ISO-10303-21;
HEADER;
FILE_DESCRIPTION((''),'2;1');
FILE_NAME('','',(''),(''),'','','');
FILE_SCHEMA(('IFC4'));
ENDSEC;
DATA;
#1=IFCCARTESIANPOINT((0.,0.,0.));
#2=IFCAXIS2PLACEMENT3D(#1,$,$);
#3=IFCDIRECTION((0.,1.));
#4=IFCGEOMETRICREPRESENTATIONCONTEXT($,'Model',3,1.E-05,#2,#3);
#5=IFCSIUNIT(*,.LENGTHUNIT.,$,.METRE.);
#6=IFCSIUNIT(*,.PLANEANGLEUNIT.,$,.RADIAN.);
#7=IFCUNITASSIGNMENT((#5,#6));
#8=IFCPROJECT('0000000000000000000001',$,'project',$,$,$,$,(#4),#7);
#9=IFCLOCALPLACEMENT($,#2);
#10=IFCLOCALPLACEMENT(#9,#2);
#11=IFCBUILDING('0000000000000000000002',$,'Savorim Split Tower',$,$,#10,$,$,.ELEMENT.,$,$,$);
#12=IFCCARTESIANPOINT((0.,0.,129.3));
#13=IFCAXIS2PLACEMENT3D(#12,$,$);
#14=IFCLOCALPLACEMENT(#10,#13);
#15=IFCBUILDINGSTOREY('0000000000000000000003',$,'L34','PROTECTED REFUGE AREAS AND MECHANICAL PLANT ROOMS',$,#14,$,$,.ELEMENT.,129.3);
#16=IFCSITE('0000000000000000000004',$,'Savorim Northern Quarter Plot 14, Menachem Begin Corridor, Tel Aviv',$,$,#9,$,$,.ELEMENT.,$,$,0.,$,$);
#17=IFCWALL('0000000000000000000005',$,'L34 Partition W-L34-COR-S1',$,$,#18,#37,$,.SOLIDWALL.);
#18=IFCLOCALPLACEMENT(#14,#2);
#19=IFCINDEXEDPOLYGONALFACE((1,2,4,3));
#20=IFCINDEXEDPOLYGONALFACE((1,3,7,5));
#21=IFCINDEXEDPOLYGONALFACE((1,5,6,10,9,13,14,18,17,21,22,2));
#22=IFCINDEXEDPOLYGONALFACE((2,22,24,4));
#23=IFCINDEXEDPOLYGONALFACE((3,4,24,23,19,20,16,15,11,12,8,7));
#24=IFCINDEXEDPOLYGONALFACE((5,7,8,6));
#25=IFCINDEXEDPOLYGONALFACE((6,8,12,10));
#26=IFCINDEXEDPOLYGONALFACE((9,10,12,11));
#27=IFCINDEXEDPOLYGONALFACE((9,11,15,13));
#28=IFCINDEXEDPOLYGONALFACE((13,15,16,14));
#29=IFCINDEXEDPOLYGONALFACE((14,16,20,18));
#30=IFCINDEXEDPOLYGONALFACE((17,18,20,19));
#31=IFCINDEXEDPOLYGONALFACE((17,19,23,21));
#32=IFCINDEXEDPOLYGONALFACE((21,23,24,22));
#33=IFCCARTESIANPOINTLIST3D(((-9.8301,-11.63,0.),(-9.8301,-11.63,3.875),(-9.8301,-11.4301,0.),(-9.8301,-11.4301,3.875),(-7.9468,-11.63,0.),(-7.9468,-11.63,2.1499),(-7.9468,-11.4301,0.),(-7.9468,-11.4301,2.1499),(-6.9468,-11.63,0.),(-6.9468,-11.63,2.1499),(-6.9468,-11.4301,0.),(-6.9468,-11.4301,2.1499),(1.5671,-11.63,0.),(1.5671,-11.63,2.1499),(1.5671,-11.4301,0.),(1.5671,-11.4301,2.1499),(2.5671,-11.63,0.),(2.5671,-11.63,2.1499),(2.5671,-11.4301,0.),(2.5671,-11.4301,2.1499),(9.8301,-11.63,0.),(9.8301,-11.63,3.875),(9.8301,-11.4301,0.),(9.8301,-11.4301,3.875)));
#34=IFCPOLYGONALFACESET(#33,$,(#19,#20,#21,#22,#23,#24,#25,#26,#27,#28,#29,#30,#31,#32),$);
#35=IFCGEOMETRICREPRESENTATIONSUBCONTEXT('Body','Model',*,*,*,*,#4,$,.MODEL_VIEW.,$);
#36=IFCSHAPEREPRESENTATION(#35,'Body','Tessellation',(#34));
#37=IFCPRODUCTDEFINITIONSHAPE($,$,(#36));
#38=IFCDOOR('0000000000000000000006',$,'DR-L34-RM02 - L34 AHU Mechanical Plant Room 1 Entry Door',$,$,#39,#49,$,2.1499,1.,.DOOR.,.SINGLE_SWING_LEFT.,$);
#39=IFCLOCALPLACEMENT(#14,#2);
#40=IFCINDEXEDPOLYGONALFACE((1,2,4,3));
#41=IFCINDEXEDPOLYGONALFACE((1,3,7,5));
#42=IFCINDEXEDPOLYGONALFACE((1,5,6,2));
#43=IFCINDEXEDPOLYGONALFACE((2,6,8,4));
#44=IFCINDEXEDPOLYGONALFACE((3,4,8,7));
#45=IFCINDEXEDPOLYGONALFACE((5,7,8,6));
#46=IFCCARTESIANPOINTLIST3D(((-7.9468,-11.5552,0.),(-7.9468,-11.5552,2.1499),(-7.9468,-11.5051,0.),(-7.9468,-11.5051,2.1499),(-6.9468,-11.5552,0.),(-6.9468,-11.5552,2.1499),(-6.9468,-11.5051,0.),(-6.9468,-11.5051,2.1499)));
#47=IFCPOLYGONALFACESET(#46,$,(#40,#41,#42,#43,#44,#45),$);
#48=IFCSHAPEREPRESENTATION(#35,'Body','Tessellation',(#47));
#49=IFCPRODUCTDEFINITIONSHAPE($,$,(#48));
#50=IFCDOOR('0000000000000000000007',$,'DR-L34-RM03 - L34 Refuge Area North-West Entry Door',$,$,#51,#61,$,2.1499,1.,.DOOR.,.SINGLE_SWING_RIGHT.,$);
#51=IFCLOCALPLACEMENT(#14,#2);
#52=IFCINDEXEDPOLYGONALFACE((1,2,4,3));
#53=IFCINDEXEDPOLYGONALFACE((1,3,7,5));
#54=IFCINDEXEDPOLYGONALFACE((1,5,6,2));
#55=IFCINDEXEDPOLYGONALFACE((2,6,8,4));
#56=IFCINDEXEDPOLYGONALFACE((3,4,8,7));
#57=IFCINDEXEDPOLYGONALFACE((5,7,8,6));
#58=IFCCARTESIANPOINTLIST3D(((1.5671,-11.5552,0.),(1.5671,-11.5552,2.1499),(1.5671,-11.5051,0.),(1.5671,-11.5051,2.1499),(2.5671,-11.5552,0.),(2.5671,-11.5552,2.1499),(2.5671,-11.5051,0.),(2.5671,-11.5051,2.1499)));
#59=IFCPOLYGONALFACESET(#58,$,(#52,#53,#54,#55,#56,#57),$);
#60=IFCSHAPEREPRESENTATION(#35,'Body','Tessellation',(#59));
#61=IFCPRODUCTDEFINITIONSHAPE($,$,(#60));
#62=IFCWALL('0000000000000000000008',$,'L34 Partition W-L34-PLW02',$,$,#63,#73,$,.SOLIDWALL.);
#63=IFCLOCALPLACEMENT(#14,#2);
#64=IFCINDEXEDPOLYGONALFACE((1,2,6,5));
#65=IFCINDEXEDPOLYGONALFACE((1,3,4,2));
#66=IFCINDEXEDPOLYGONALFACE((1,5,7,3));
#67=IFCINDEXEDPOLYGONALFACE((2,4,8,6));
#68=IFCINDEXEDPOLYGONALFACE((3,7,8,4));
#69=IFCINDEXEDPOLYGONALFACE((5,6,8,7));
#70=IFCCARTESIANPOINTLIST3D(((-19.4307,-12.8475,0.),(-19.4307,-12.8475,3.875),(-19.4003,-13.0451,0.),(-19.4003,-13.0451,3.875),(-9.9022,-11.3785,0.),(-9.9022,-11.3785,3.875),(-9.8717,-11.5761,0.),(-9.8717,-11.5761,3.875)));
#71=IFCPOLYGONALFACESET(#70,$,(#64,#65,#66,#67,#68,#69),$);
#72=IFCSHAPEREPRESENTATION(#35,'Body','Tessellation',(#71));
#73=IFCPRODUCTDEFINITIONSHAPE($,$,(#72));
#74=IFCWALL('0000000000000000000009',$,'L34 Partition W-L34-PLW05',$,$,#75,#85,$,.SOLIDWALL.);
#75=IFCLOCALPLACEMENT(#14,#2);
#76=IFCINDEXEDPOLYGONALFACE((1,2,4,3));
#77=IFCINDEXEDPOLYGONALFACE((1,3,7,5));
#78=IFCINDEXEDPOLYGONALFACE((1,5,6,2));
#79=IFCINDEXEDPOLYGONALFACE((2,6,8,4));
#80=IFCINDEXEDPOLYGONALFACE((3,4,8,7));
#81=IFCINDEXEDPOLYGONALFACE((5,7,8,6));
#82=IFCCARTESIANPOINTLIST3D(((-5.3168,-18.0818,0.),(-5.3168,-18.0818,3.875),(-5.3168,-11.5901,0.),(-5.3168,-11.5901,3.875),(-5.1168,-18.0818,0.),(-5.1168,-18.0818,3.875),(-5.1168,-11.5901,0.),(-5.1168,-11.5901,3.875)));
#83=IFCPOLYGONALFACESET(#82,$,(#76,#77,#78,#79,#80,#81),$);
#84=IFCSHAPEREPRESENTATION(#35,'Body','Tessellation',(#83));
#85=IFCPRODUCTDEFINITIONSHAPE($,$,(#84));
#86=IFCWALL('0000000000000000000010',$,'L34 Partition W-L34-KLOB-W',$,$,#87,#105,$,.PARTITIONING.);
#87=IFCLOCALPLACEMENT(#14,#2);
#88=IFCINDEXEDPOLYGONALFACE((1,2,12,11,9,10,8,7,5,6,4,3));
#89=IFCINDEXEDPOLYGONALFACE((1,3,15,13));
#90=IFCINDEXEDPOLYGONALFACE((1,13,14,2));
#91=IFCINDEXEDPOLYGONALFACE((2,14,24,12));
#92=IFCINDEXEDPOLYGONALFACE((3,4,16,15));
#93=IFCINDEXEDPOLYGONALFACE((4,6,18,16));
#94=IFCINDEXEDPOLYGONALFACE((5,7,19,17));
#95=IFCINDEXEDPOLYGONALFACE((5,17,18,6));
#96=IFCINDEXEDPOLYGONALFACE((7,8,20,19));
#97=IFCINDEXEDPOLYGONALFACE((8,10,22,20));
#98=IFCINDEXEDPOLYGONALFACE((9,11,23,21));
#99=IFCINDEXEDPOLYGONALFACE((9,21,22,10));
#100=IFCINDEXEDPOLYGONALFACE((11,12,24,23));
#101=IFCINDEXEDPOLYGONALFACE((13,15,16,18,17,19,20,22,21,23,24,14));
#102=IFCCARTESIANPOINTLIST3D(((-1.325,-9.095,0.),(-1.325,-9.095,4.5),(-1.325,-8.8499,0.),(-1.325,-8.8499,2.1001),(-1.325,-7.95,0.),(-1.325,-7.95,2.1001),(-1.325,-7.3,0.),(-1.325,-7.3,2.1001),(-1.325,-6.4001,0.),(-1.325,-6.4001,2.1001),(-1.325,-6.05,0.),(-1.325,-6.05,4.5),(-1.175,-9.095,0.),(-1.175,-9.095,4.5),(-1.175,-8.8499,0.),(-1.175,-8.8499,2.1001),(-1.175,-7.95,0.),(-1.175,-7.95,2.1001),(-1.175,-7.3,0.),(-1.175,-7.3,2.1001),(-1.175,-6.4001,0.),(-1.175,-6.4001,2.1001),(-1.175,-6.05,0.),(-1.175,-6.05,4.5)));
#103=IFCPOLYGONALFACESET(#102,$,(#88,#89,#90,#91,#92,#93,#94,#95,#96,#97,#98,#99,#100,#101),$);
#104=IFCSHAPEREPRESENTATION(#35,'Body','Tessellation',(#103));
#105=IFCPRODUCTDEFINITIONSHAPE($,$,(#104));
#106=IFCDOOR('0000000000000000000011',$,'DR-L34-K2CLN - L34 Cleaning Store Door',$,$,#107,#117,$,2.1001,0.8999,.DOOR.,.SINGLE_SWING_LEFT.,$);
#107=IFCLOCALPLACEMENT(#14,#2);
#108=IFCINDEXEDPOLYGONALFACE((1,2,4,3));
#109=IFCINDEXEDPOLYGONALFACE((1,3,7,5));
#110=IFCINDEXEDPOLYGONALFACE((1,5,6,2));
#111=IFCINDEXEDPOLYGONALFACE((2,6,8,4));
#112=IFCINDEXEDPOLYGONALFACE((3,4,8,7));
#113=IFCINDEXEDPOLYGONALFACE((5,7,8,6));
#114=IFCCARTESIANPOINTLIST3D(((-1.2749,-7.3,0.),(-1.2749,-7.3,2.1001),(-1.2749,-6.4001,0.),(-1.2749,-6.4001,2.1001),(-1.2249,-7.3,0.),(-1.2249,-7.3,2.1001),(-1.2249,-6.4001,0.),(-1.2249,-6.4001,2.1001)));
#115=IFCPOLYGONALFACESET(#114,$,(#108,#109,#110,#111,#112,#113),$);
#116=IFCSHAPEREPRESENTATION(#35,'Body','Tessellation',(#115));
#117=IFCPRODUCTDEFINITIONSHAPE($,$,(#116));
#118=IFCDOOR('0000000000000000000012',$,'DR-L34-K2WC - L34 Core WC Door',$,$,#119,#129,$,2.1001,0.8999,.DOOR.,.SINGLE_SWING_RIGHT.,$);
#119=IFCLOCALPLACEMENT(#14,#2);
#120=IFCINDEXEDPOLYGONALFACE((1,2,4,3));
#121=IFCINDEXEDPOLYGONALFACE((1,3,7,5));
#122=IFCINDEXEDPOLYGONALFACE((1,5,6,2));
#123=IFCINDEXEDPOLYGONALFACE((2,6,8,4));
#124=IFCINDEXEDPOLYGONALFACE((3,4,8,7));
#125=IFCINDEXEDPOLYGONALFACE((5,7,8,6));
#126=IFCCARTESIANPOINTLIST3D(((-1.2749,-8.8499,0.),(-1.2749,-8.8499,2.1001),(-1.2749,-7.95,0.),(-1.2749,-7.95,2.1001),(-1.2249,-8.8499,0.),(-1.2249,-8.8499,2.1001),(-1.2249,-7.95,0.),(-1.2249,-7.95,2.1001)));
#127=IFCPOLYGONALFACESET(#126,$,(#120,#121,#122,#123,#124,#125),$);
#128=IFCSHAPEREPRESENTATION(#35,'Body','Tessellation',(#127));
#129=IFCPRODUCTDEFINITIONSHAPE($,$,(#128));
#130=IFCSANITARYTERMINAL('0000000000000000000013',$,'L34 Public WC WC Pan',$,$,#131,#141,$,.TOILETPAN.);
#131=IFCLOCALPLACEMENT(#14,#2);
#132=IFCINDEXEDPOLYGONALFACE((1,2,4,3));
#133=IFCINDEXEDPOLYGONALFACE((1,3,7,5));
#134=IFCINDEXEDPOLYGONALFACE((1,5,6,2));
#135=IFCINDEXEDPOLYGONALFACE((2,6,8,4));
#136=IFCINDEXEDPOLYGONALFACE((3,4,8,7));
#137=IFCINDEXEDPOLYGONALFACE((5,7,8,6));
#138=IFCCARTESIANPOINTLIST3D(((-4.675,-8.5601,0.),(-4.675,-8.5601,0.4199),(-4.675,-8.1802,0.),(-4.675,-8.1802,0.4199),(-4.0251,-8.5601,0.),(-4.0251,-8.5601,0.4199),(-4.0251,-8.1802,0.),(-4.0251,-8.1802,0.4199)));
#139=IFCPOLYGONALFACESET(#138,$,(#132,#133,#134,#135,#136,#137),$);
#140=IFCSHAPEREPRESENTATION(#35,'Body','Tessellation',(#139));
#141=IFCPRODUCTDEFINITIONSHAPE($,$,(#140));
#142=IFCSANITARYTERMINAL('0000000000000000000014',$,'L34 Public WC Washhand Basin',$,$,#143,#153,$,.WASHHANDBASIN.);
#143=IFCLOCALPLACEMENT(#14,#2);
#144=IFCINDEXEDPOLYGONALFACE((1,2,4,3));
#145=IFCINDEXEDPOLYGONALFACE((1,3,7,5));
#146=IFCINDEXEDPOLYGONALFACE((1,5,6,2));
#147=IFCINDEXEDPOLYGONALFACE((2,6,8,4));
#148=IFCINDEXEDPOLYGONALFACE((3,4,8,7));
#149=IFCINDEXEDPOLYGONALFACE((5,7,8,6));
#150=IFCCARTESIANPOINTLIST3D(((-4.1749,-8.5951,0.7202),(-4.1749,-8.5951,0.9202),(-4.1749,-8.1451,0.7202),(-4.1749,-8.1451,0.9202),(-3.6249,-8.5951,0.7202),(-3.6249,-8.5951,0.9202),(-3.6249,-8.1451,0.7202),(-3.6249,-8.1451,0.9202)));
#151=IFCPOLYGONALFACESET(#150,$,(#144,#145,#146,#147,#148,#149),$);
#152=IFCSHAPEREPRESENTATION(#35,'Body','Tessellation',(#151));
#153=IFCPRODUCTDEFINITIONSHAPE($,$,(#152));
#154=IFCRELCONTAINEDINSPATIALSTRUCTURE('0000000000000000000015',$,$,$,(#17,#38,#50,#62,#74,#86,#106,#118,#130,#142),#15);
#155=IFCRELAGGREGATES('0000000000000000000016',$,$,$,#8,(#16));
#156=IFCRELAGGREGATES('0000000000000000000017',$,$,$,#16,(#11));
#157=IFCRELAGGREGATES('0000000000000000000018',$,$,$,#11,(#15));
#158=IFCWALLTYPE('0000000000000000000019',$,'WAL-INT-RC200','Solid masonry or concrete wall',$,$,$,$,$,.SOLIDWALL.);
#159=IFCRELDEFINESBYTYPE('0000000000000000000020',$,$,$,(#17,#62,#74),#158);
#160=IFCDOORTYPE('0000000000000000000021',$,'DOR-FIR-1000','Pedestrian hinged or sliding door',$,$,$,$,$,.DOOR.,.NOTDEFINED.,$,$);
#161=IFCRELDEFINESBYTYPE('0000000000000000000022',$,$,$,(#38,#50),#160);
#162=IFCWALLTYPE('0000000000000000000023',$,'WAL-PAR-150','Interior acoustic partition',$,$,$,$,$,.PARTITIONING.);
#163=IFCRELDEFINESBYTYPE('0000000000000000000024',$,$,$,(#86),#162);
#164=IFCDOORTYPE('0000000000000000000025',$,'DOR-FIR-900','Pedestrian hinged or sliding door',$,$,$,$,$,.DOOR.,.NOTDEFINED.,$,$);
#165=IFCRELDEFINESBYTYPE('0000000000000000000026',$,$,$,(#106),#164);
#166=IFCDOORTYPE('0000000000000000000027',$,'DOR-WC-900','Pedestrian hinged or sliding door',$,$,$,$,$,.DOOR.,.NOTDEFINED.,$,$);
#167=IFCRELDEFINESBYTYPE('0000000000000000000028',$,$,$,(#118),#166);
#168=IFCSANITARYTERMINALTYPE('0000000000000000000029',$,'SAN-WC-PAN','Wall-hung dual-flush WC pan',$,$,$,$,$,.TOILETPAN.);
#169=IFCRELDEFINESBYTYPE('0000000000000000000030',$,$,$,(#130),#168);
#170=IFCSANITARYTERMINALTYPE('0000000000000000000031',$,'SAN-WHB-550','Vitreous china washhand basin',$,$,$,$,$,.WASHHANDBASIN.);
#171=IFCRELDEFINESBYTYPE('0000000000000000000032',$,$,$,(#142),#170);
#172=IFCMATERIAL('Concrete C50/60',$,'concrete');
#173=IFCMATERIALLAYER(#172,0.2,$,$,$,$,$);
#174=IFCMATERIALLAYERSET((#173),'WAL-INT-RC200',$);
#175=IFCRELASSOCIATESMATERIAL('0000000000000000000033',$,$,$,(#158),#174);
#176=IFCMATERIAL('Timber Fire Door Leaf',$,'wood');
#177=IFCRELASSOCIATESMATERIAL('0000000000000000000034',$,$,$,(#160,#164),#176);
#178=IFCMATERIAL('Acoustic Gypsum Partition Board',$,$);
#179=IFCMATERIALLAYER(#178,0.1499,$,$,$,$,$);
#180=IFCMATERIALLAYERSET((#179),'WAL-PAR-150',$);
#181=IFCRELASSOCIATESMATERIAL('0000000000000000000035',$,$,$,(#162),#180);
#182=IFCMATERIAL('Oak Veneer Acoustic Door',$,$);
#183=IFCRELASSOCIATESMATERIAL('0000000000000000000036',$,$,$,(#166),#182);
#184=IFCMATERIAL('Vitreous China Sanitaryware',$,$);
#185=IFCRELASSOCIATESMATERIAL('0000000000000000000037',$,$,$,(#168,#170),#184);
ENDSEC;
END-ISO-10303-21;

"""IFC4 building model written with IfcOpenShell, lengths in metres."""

from ifc_helpers import new_model, si_unit, direction, frame, frame_2d, origin, origin_2d, place, context, subcontext, project, spatial, rectangle, extrude, material, layer, layer_set, type_object, element, fill, save


model = new_model("IFC4")

# Units and contexts
model_context = context("Model", 3, precision=1e-05, world=origin(), true_north=direction((0.0, 1.0)))
body_context = subcontext(model_context, "Body", "Model", "MODEL_VIEW")
ifc_project = project(units=[si_unit("LENGTHUNIT", "METRE"), si_unit("PLANEANGLEUNIT", "RADIAN")], contexts=[model_context])

# Site, building, storey
site_placement = place(None, origin())
site = spatial("IfcSite", under=ifc_project, at=site_placement, Name="Savorim Northern Quarter Plot 14, Menachem Begin Corridor, Tel Aviv", CompositionType="ELEMENT", RefElevation=0.0)
building_placement = place(site_placement, origin())
building = spatial("IfcBuilding", under=site, at=building_placement, Name="Savorim Split Tower", CompositionType="ELEMENT")
storey_placement = place(building_placement, frame((0.0, 0.0, 129.3)))
storey = spatial("IfcBuildingStorey", under=building, at=storey_placement, Name="L34", Description="PROTECTED REFUGE AREAS AND MECHANICAL PLANT ROOMS", CompositionType="ELEMENT", Elevation=129.3)

# Shared definitions
ifc_material_1 = material(Name="Timber Fire Door Leaf", Category="wood")

# Wall, openings, doors
ifc_material_2 = material(Name="Concrete C50/60", Category="concrete")
ifc_layer_1 = layer(ifc_material_2, 0.2)
ifc_layer_set_1 = layer_set([ifc_layer_1], Name="WAL-INT-RC200")
wall_type_1 = type_object("IfcWallType", Name="WAL-INT-RC200", Description="Solid masonry or concrete wall", PredefinedType="SOLIDWALL", material=ifc_layer_set_1)
door_type_1 = type_object("IfcDoorType", Name="DOR-FIR-1000", Description="Pedestrian hinged or sliding door", OperationType="NOTDEFINED", PredefinedType="DOOR", material=ifc_material_1)
wall_1_placement = place(storey_placement, frame((-9.8301, -11.53, 0.0), z_axis=(0.0, 0.0, 1.0), x_axis=(1.0, 0.0, 0.0)))
wall_1 = element("IfcWall", 1, at=wall_1_placement, inside=storey, type_object=wall_type_1, Name="L34 Partition W-L34-COR-S1", PredefinedType="SOLIDWALL", context=body_context, shape_type="SweptSolid", body=[
    extrude(rectangle(XDim=19.6602, YDim=0.2, at=frame_2d((9.8301, 0.0))), origin(), (0.0, 0.0, 1.0), 3.875),
])
opening_1_placement = place(wall_1_placement, frame((1.8833, 0.0, 0.0)))
opening_1 = element("IfcOpeningElement", 2, at=opening_1_placement, cuts=wall_1, PredefinedType="OPENING", context=body_context, shape_type="SweptSolid", body=[
    extrude(rectangle(XDim=1.0, YDim=2.1499, at=frame_2d((0.5, 1.075))), frame((0.0, 0.1099, 0.0), z_axis=(0.0, -1.0, 0.0), x_axis=(1.0, 0.0, 0.0)), (0.0, 0.0, 1.0), 0.22),
])
opening_2_placement = place(wall_1_placement, frame((11.3972, 0.0, 0.0)))
opening_2 = element("IfcOpeningElement", 3, at=opening_2_placement, cuts=wall_1, PredefinedType="OPENING", context=body_context, shape_type="SweptSolid", body=[
    extrude(rectangle(XDim=1.0, YDim=2.1499, at=frame_2d((0.5, 1.075))), frame((0.0, 0.1099, 0.0), z_axis=(0.0, -1.0, 0.0), x_axis=(1.0, 0.0, 0.0)), (0.0, 0.0, 1.0), 0.22),
])
door_1_placement = place(opening_1_placement, origin())
door_1 = element("IfcDoor", 4, at=door_1_placement, inside=storey, type_object=door_type_1, Name="DR-L34-RM02 - L34 AHU Mechanical Plant Room 1 Entry Door", OperationType="SINGLE_SWING_LEFT", OverallHeight=2.1499, OverallWidth=1.0, PredefinedType="DOOR", context=body_context, shape_type="SweptSolid", body=[
    extrude(rectangle(XDim=1.0, YDim=2.1499, at=frame_2d((0.5, 1.075))), frame((0.0, 0.0249, 0.0), z_axis=(0.0, -1.0, 0.0), x_axis=(1.0, 0.0, 0.0)), (0.0, 0.0, 1.0), 0.05),
])
fill(opening_1, door_1)
door_2_placement = place(opening_2_placement, origin())
door_2 = element("IfcDoor", 5, at=door_2_placement, inside=storey, type_object=door_type_1, Name="DR-L34-RM03 - L34 Refuge Area North-West Entry Door", OperationType="SINGLE_SWING_RIGHT", OverallHeight=2.1499, OverallWidth=1.0, PredefinedType="DOOR", context=body_context, shape_type="SweptSolid", body=[
    extrude(rectangle(XDim=1.0, YDim=2.1499, at=frame_2d((0.5, 1.075))), frame((0.0, 0.0249, 0.0), z_axis=(0.0, -1.0, 0.0), x_axis=(1.0, 0.0, 0.0)), (0.0, 0.0, 1.0), 0.05),
])
fill(opening_2, door_2)

# Walls
wall_2_placement = place(storey_placement, frame((-9.887, -11.4773, 0.0), z_axis=(0.0, 0.0, 1.0), x_axis=(-0.988324, -0.152367, 0.0)))
element("IfcWall", 6, at=wall_2_placement, inside=storey, type_object=wall_type_1, Name="L34 Partition W-L34-PLW02", PredefinedType="SOLIDWALL", context=body_context, shape_type="SweptSolid", body=[
    extrude(rectangle(XDim=9.6411, YDim=0.2, at=frame_2d((4.8206, 0.0))), origin(), (0.0, 0.0, 1.0), 3.875),
])
wall_3_placement = place(storey_placement, frame((-5.2168, -11.5901, 0.0), z_axis=(0.0, 0.0, 1.0), x_axis=(0.0, -1.0, 0.0)))
element("IfcWall", 7, at=wall_3_placement, inside=storey, type_object=wall_type_1, Name="L34 Partition W-L34-PLW05", PredefinedType="SOLIDWALL", context=body_context, shape_type="SweptSolid", body=[
    extrude(rectangle(XDim=6.4917, YDim=0.2, at=frame_2d((3.2458, 0.0))), origin(), (0.0, 0.0, 1.0), 3.875),
])

# Wall, openings, doors
ifc_material_3 = material(Name="Acoustic Gypsum Partition Board")
ifc_layer_2 = layer(ifc_material_3, 0.1499)
ifc_layer_set_2 = layer_set([ifc_layer_2], Name="WAL-PAR-150")
wall_type_2 = type_object("IfcWallType", Name="WAL-PAR-150", Description="Interior acoustic partition", PredefinedType="PARTITIONING", material=ifc_layer_set_2)
wall_4_placement = place(storey_placement, frame((-1.25, -9.095, 0.0), z_axis=(0.0, 0.0, 1.0), x_axis=(0.0, 1.0, 0.0)))
wall_4 = element("IfcWall", 8, at=wall_4_placement, inside=storey, type_object=wall_type_2, Name="L34 Partition W-L34-KLOB-W", PredefinedType="PARTITIONING", context=body_context, shape_type="SweptSolid", body=[
    extrude(rectangle(XDim=3.0449, YDim=0.1499, at=frame_2d((1.5225, 0.0))), origin(), (0.0, 0.0, 1.0), 4.5),
])
opening_3_placement = place(wall_4_placement, frame((1.7949, 0.0, 0.0)))
opening_3 = element("IfcOpeningElement", 9, at=opening_3_placement, cuts=wall_4, PredefinedType="OPENING", context=body_context, shape_type="SweptSolid", body=[
    extrude(rectangle(XDim=0.8999, YDim=2.1001, at=frame_2d((0.45, 1.05))), frame((0.0, 0.085, 0.0), z_axis=(0.0, -1.0, 0.0), x_axis=(1.0, 0.0, 0.0)), (0.0, 0.0, 1.0), 0.1699),
])
opening_4_placement = place(wall_4_placement, frame((0.2451, 0.0, 0.0)))
opening_4 = element("IfcOpeningElement", 10, at=opening_4_placement, cuts=wall_4, PredefinedType="OPENING", context=body_context, shape_type="SweptSolid", body=[
    extrude(rectangle(XDim=0.8999, YDim=2.1001, at=frame_2d((0.45, 1.05))), frame((0.0, 0.085, 0.0), z_axis=(0.0, -1.0, 0.0), x_axis=(1.0, 0.0, 0.0)), (0.0, 0.0, 1.0), 0.1699),
])
door_type_2 = type_object("IfcDoorType", Name="DOR-FIR-900", Description="Pedestrian hinged or sliding door", OperationType="NOTDEFINED", PredefinedType="DOOR", material=ifc_material_1)
door_3_placement = place(opening_3_placement, origin())
door_3 = element("IfcDoor", 11, at=door_3_placement, inside=storey, type_object=door_type_2, Name="DR-L34-K2CLN - L34 Cleaning Store Door", OperationType="SINGLE_SWING_LEFT", OverallHeight=2.1001, OverallWidth=0.8999, PredefinedType="DOOR", context=body_context, shape_type="SweptSolid", body=[
    extrude(rectangle(XDim=0.8999, YDim=2.1001, at=frame_2d((0.45, 1.05))), frame((0.0, 0.0249, 0.0), z_axis=(0.0, -1.0, 0.0), x_axis=(1.0, 0.0, 0.0)), (0.0, 0.0, 1.0), 0.05),
])
fill(opening_3, door_3)
ifc_material_4 = material(Name="Oak Veneer Acoustic Door")
door_type_3 = type_object("IfcDoorType", Name="DOR-WC-900", Description="Pedestrian hinged or sliding door", OperationType="NOTDEFINED", PredefinedType="DOOR", material=ifc_material_4)
door_4_placement = place(opening_4_placement, origin())
door_4 = element("IfcDoor", 12, at=door_4_placement, inside=storey, type_object=door_type_3, Name="DR-L34-K2WC - L34 Core WC Door", OperationType="SINGLE_SWING_RIGHT", OverallHeight=2.1001, OverallWidth=0.8999, PredefinedType="DOOR", context=body_context, shape_type="SweptSolid", body=[
    extrude(rectangle(XDim=0.8999, YDim=2.1001, at=frame_2d((0.45, 1.05))), frame((0.0, 0.0249, 0.0), z_axis=(0.0, -1.0, 0.0), x_axis=(1.0, 0.0, 0.0)), (0.0, 0.0, 1.0), 0.05),
])
fill(opening_4, door_4)

# Sanitary terminals
ifc_material_5 = material(Name="Vitreous China Sanitaryware")
sanitary_terminal_type_1 = type_object("IfcSanitaryTerminalType", Name="SAN-WC-PAN", Description="Wall-hung dual-flush WC pan", PredefinedType="TOILETPAN", material=ifc_material_5)
sanitary_terminal_1_placement = place(storey_placement, frame((-4.3501, -8.3701, 0.0), z_axis=(0.0, 0.0, 1.0), x_axis=(1.0, 0.0, 0.0)))
element("IfcSanitaryTerminal", 13, at=sanitary_terminal_1_placement, inside=storey, type_object=sanitary_terminal_type_1, Name="L34 Public WC WC Pan", PredefinedType="TOILETPAN", context=body_context, shape_type="SweptSolid", body=[
    extrude(rectangle(XDim=0.6499, YDim=0.3799, at=origin_2d()), origin(), (0.0, 0.0, 1.0), 0.4199),
])
sanitary_terminal_type_2 = type_object("IfcSanitaryTerminalType", Name="SAN-WHB-550", Description="Vitreous china washhand basin", PredefinedType="WASHHANDBASIN", material=ifc_material_5)
sanitary_terminal_2_placement = place(storey_placement, frame((-3.8999, -8.3701, 0.7202), z_axis=(0.0, 0.0, 1.0), x_axis=(1.0, 0.0, 0.0)))
element("IfcSanitaryTerminal", 14, at=sanitary_terminal_2_placement, inside=storey, type_object=sanitary_terminal_type_2, Name="L34 Public WC Washhand Basin", PredefinedType="WASHHANDBASIN", context=body_context, shape_type="SweptSolid", body=[
    extrude(rectangle(XDim=0.55, YDim=0.45, at=origin_2d()), origin(), (0.0, 0.0, 1.0), 0.2),
])

save(model, "model.ifc")
